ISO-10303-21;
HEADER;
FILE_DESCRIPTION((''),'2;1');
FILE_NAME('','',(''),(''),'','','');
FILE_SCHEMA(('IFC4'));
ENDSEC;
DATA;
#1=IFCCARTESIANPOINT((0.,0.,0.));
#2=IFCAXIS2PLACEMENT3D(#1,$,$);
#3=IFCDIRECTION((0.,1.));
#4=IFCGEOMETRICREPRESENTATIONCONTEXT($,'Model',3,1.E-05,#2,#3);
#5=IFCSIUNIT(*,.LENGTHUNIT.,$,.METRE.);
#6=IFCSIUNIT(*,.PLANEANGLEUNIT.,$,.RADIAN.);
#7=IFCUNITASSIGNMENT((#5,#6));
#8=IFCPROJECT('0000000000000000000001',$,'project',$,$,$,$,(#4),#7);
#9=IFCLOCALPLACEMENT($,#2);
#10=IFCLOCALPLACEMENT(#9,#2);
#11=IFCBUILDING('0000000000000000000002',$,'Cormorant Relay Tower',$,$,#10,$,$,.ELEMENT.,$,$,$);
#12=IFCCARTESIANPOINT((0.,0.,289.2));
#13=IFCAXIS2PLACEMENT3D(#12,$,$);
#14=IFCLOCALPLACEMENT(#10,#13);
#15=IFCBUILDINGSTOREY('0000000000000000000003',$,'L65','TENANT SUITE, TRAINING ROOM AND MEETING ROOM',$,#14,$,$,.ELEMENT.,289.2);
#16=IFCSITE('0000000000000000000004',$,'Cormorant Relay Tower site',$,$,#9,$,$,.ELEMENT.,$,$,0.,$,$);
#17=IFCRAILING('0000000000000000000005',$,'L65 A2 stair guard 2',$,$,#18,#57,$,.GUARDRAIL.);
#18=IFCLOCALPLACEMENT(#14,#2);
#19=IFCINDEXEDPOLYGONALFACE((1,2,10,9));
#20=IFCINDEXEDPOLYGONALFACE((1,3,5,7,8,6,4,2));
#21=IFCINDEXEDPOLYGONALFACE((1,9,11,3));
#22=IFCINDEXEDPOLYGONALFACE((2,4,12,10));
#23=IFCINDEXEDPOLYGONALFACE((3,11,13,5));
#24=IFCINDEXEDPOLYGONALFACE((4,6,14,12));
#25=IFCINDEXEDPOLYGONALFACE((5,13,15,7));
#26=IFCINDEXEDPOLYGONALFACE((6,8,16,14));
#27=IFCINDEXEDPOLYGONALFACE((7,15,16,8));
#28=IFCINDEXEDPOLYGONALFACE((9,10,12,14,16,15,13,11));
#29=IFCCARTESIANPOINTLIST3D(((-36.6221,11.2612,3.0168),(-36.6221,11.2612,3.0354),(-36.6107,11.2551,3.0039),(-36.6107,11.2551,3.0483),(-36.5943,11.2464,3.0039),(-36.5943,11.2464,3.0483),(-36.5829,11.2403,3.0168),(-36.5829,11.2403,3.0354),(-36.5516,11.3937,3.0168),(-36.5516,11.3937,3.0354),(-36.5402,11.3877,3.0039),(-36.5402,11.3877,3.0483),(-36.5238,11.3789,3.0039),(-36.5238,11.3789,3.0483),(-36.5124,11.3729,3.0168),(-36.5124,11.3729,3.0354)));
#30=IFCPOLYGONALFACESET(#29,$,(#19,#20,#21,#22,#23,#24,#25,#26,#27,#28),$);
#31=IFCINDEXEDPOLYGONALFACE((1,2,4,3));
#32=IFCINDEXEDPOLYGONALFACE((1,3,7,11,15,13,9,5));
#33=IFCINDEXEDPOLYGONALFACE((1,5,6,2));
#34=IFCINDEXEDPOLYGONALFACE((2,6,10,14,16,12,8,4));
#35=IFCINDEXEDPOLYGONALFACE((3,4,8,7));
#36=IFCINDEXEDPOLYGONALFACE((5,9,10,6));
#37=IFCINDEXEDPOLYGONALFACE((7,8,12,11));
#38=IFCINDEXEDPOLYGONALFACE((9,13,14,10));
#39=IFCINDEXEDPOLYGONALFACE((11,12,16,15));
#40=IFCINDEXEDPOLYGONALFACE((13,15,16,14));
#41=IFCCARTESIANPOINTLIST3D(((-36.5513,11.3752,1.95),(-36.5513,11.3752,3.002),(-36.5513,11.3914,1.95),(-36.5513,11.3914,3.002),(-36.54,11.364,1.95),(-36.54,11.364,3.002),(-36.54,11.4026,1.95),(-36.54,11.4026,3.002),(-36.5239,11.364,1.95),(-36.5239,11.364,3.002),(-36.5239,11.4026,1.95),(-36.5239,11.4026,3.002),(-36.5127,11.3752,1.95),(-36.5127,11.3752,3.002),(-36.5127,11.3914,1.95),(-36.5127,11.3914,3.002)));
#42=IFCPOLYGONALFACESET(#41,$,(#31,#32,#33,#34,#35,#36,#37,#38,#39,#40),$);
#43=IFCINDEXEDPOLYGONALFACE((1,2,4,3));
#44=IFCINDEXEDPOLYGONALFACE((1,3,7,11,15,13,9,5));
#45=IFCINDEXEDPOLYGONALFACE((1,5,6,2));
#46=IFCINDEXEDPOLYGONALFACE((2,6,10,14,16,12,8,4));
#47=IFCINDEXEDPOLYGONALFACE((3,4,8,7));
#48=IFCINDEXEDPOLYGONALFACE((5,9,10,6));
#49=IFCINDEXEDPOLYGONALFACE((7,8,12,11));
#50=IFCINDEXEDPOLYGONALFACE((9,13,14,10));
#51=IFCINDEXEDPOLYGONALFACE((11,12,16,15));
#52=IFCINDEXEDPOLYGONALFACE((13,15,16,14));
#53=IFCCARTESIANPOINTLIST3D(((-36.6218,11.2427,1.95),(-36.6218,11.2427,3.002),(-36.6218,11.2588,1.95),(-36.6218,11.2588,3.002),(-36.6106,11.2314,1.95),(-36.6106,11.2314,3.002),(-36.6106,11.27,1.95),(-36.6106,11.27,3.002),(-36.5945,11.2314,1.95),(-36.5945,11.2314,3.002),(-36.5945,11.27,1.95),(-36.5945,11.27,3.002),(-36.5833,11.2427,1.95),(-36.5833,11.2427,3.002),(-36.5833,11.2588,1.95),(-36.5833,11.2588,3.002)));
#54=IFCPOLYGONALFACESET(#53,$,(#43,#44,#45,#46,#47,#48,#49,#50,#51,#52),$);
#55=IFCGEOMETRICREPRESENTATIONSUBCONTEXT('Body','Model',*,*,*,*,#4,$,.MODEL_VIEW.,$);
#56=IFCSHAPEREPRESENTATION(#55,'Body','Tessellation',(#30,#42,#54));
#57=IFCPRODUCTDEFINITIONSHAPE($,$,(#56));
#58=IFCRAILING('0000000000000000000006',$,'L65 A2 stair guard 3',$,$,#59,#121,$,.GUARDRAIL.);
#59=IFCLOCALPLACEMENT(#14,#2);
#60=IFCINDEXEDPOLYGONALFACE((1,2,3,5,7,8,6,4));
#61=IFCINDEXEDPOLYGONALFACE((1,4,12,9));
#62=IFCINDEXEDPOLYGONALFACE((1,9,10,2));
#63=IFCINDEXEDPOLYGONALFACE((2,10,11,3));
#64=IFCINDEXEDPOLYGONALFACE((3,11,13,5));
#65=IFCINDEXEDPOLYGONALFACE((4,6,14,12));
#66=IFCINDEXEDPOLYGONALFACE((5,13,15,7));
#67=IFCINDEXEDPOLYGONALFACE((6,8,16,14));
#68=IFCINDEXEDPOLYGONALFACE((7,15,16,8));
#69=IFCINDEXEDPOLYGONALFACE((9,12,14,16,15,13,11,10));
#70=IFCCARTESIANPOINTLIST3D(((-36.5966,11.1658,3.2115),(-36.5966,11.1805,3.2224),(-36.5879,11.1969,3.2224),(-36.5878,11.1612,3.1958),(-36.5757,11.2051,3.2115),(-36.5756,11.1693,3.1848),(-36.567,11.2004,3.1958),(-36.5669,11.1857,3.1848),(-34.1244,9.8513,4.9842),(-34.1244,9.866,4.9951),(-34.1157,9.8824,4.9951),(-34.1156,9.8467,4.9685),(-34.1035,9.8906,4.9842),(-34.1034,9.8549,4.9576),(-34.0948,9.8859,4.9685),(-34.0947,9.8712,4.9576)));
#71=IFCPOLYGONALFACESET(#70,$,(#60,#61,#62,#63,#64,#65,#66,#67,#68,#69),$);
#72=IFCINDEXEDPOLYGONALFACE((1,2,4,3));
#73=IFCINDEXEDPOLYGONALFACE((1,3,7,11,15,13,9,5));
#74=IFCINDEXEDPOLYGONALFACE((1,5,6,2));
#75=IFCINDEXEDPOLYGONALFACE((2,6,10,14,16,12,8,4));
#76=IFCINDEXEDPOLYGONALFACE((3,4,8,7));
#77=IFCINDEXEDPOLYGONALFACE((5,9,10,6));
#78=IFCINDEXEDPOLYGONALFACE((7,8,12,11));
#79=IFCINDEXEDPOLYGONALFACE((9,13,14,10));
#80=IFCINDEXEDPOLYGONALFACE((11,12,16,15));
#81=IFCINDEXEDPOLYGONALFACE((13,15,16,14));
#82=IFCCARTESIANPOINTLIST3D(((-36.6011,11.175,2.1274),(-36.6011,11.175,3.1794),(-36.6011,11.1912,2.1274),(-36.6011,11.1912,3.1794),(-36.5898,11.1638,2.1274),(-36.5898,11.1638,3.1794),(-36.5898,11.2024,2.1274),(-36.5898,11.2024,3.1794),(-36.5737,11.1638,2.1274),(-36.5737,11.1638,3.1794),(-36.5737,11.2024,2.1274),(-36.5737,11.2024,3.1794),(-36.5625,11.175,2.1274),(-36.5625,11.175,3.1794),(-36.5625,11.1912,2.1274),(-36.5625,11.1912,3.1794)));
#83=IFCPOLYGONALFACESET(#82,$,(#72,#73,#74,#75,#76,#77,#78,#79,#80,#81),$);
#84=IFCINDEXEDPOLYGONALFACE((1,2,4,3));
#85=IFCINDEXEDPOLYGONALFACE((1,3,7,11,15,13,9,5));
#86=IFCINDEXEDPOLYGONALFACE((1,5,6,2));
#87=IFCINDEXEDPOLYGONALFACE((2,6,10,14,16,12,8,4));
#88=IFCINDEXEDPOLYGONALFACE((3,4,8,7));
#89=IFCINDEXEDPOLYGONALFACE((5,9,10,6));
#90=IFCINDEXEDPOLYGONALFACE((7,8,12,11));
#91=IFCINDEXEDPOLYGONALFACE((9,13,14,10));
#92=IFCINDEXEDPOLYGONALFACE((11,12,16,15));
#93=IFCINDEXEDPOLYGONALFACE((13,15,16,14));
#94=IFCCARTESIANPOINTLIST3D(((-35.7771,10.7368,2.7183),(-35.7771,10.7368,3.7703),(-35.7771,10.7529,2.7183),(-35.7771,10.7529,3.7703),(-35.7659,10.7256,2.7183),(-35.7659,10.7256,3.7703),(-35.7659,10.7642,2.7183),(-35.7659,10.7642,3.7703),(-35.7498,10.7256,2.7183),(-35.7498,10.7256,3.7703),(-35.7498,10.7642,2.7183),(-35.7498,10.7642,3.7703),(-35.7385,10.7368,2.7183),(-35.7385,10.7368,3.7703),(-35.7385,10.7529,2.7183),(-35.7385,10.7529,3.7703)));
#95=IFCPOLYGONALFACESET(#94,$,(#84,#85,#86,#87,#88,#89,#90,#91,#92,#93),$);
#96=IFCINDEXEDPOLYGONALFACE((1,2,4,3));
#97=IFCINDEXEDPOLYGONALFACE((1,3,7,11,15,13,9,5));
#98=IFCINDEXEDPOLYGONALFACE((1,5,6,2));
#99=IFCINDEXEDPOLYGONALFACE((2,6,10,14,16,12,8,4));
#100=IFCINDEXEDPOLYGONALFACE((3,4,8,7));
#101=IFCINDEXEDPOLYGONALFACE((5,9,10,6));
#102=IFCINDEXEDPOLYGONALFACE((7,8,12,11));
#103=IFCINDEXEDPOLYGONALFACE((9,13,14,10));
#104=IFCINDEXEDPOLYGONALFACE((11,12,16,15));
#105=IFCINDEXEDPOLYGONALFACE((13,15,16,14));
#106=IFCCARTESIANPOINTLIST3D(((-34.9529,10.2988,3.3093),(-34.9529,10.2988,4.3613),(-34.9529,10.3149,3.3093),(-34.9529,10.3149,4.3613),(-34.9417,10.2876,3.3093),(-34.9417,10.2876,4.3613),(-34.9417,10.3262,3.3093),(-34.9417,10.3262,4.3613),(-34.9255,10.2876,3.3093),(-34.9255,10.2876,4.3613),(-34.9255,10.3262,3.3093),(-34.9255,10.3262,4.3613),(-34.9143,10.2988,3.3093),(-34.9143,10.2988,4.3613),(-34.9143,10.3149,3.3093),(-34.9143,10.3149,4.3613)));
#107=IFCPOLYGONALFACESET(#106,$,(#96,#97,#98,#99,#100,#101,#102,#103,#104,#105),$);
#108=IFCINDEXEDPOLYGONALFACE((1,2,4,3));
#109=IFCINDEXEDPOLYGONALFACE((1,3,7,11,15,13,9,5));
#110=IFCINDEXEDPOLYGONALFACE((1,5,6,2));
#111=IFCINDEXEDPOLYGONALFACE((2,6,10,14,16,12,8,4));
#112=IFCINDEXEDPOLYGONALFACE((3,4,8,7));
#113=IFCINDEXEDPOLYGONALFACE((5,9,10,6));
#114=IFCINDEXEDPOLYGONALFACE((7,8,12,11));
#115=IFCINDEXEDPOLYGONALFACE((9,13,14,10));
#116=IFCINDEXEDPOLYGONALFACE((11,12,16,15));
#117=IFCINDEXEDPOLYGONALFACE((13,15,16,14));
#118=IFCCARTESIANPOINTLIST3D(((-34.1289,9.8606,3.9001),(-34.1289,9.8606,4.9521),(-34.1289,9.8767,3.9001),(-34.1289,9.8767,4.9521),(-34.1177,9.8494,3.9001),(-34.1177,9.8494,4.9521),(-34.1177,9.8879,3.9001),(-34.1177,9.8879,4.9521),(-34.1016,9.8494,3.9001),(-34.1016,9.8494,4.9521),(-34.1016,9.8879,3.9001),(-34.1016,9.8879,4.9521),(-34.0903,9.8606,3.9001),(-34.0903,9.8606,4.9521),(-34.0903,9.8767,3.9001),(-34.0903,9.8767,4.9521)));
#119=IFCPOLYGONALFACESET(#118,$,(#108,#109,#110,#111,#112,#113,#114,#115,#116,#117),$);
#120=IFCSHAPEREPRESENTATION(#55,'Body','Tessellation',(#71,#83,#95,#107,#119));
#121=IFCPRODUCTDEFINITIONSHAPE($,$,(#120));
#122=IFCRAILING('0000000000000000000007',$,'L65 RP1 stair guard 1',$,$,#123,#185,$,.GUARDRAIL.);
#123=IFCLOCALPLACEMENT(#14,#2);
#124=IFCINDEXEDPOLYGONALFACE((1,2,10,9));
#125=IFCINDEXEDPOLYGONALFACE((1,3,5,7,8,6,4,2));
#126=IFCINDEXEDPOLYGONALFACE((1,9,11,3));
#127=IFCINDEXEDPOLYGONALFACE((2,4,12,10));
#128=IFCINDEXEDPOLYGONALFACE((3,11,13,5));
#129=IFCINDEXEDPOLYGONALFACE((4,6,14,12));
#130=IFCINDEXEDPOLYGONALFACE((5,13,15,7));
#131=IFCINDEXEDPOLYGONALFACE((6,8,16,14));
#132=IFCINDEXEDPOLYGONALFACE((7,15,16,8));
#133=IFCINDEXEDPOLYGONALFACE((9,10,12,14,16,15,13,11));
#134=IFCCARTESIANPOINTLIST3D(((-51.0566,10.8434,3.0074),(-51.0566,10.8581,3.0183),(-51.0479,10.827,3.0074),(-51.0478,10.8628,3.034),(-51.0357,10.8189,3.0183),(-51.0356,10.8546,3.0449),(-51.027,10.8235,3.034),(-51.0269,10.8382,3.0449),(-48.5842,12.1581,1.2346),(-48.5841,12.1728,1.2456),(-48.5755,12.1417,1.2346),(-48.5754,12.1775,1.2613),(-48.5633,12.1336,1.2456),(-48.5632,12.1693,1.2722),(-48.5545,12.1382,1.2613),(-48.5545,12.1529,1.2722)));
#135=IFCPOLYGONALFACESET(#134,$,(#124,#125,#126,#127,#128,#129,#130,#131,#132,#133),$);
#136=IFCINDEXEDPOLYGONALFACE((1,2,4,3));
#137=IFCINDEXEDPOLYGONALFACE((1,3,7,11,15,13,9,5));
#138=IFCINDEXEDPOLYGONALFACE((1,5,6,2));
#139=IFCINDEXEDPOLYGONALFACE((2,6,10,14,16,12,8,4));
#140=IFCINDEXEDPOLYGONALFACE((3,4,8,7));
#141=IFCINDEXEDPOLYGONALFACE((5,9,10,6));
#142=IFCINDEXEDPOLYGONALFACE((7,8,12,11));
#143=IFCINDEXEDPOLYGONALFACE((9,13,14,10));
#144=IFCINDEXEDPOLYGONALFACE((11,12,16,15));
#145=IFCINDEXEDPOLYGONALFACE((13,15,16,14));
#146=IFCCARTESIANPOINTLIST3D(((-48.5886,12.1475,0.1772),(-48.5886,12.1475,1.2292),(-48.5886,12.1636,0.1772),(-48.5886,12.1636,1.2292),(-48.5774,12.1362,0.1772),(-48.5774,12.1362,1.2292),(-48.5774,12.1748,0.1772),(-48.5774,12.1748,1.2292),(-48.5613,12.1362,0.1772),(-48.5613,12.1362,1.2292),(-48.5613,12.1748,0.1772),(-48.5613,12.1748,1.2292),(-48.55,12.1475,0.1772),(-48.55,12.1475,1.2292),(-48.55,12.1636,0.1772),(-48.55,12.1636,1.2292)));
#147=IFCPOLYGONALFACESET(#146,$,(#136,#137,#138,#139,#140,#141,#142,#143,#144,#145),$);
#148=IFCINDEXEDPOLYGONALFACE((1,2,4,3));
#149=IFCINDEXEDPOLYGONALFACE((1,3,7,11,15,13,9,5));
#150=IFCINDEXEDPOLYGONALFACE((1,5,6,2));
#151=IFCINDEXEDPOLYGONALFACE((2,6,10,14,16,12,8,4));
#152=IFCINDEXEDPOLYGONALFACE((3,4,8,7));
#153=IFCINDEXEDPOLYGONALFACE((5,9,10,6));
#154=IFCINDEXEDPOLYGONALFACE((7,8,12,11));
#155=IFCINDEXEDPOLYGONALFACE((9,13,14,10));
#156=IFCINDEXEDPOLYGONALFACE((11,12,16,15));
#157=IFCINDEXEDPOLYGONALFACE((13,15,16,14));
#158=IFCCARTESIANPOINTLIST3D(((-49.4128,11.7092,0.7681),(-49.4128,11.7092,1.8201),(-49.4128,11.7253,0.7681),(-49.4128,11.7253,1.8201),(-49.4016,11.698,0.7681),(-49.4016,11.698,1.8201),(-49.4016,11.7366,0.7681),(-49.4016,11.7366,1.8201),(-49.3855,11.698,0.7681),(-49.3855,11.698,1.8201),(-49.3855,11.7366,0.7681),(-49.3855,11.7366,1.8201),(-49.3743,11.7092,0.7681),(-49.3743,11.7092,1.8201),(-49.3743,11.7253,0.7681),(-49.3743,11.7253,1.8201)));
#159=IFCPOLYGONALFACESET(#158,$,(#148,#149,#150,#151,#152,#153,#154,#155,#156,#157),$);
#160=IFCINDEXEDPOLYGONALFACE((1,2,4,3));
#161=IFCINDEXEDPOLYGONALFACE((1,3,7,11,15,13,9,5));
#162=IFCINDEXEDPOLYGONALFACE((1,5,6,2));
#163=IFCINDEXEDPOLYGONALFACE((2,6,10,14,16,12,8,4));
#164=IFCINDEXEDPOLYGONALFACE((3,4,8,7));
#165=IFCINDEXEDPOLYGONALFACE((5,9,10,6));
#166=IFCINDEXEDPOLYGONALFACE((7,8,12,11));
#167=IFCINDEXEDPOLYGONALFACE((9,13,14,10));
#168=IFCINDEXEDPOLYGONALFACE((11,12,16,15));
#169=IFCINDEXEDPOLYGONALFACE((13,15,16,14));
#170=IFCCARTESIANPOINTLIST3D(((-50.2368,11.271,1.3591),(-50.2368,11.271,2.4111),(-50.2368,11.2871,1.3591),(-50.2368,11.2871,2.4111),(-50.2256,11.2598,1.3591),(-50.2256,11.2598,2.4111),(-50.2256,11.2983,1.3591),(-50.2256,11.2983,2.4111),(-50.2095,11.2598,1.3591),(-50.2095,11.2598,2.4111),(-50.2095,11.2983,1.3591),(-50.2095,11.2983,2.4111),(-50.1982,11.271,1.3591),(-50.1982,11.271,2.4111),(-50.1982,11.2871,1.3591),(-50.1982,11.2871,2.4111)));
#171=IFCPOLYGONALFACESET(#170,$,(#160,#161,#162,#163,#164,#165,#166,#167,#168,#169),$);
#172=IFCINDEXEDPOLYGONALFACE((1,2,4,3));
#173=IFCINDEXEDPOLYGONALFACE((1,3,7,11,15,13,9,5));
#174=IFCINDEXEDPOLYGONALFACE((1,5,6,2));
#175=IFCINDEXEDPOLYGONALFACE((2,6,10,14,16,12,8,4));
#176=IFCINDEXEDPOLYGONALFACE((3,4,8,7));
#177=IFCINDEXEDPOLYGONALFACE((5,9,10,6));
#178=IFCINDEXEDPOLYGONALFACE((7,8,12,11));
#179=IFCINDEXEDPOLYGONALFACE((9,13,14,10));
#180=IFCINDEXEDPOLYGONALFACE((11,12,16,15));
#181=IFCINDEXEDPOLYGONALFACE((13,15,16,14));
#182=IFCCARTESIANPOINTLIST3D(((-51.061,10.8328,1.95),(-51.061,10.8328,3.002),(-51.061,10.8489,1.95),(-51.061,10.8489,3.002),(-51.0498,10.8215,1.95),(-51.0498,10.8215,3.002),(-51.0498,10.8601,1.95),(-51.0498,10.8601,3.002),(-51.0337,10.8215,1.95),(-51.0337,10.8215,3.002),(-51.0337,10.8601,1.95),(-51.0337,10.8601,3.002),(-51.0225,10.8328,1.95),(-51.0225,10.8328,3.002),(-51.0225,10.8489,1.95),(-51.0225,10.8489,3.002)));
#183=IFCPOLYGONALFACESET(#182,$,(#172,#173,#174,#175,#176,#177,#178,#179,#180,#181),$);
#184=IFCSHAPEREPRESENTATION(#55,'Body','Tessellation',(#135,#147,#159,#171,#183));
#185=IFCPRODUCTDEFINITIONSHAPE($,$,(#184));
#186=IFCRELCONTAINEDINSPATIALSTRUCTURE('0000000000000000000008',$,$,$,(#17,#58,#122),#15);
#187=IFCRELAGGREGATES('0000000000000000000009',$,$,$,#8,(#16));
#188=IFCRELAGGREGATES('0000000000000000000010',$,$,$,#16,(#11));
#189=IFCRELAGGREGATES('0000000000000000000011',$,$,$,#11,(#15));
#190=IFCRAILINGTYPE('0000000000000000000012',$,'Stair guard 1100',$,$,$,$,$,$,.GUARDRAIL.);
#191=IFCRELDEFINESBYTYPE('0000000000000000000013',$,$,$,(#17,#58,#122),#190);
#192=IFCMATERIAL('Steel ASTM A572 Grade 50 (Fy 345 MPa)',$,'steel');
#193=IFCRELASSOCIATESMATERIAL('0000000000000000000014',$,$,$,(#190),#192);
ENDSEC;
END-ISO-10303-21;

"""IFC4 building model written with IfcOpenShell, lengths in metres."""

from ifc_helpers import new_model, si_unit, direction, frame, origin, place, context, subcontext, project, spatial, polyline, outline, extrude, material, type_object, element, save


model = new_model("IFC4")

# Units and contexts
model_context = context("Model", 3, precision=1e-05, world=origin(), true_north=direction((0.0, 1.0)))
body_context = subcontext(model_context, "Body", "Model", "MODEL_VIEW")
ifc_project = project(units=[si_unit("LENGTHUNIT", "METRE"), si_unit("PLANEANGLEUNIT", "RADIAN")], contexts=[model_context])

# Site, building, storey
site_placement = place(None, origin())
site = spatial("IfcSite", under=ifc_project, at=site_placement, Name="Cormorant Relay Tower site", CompositionType="ELEMENT", RefElevation=0.0)
building_placement = place(site_placement, origin())
building = spatial("IfcBuilding", under=site, at=building_placement, Name="Cormorant Relay Tower", CompositionType="ELEMENT")
storey_placement = place(building_placement, frame((0.0, 0.0, 289.2)))
storey = spatial("IfcBuildingStorey", under=building, at=storey_placement, Name="L65", Description="TENANT SUITE, TRAINING ROOM AND MEETING ROOM", CompositionType="ELEMENT", Elevation=289.2)

# Railings
ifc_material_1 = material(Name="Steel ASTM A572 Grade 50 (Fy 345 MPa)", Category="steel")
railing_type_1 = type_object("IfcRailingType", Name="Stair guard 1100", PredefinedType="GUARDRAIL", material=ifc_material_1)
railing_1_placement = place(storey_placement, frame((-36.532, 11.3833, 1.95)))
element("IfcRailing", 1, at=railing_1_placement, inside=storey, type_object=railing_type_1, Name="L65 A2 stair guard 2", PredefinedType="GUARDRAIL", context=body_context, shape_type="SweptSolid", body=[
    extrude(outline(polyline([(0.0222, 0.0093), (0.0093, 0.0222), (-0.0093, 0.0222), (-0.0222, 0.0093), (-0.0222, -0.0093), (-0.0093, -0.0222), (0.0093, -0.0222), (0.0222, -0.0093), (0.0222, 0.0093)])), frame((0.0, 0.0, 1.0762), z_axis=(-0.469829, -0.882758, 0.0), x_axis=(0.882758, -0.469829, 0.0)), (0.0, 0.0, 1.0), 0.1501),
    extrude(outline(polyline([(0.0193, 0.0081), (0.0081, 0.0193), (-0.0081, 0.0193), (-0.0193, 0.0081), (-0.0193, -0.0081), (-0.0081, -0.0193), (0.0081, -0.0193), (0.0193, -0.0081), (0.0193, 0.0081)])), origin(), (0.0, 0.0, 1.0), 1.052),
    extrude(outline(polyline([(0.0193, 0.0081), (0.0081, 0.0193), (-0.0081, 0.0193), (-0.0193, 0.0081), (-0.0193, -0.0081), (-0.0081, -0.0193), (0.0081, -0.0193), (0.0193, -0.0081), (0.0193, 0.0081)])), frame((-0.0706, -0.1326, 0.0)), (0.0, 0.0, 1.0), 1.052),
])
railing_2_placement = place(storey_placement, frame((-36.5818, 11.1831, 2.1274)))
element("IfcRailing", 2, at=railing_2_placement, inside=storey, type_object=railing_type_1, Name="L65 A2 stair guard 3", PredefinedType="GUARDRAIL", context=body_context, shape_type="SweptSolid", body=[
    extrude(outline(polyline([(0.0222, 0.0093), (0.0093, 0.0222), (-0.0093, 0.0222), (-0.0222, 0.0093), (-0.0222, -0.0093), (-0.0093, -0.0222), (0.0093, -0.0222), (0.0222, -0.0093), (0.0222, 0.0093)])), frame((0.0, 0.0, 1.0762), z_axis=(0.746001, -0.396649, 0.534931), x_axis=(0.469465, 0.882951, 0.0)), (0.0, 0.0, 1.0), 3.314),
    extrude(outline(polyline([(0.0193, 0.0081), (0.0081, 0.0193), (-0.0081, 0.0193), (-0.0193, 0.0081), (-0.0193, -0.0081), (-0.0081, -0.0193), (0.0081, -0.0193), (0.0193, -0.0081), (0.0193, 0.0081)])), origin(), (0.0, 0.0, 1.0), 1.052),
    extrude(outline(polyline([(0.0193, 0.0081), (0.0081, 0.0193), (-0.0081, 0.0193), (-0.0193, 0.0081), (-0.0193, -0.0081), (-0.0081, -0.0193), (0.0081, -0.0193), (0.0193, -0.0081), (0.0193, 0.0081)])), frame((0.824, -0.4382, 0.5908)), (0.0, 0.0, 1.0), 1.052),
    extrude(outline(polyline([(0.0193, 0.0081), (0.0081, 0.0193), (-0.0081, 0.0193), (-0.0193, 0.0081), (-0.0193, -0.0081), (-0.0081, -0.0193), (0.0081, -0.0193), (0.0193, -0.0081), (0.0193, 0.0081)])), frame((1.6482, -0.8762, 1.1819)), (0.0, 0.0, 1.0), 1.052),
    extrude(outline(polyline([(0.0193, 0.0081), (0.0081, 0.0193), (-0.0081, 0.0193), (-0.0193, 0.0081), (-0.0193, -0.0081), (-0.0081, -0.0193), (0.0081, -0.0193), (0.0193, -0.0081), (0.0193, 0.0081)])), frame((2.4722, -1.3145, 1.7727)), (0.0, 0.0, 1.0), 1.052),
])
railing_3_placement = place(storey_placement, frame((-48.5693, 12.1555, 0.1772)))
element("IfcRailing", 3, at=railing_3_placement, inside=storey, type_object=railing_type_1, Name="L65 RP1 stair guard 1", PredefinedType="GUARDRAIL", context=body_context, shape_type="SweptSolid", body=[
    extrude(outline(polyline([(0.0222, 0.0093), (0.0093, 0.0222), (-0.0093, 0.0222), (-0.0222, 0.0093), (-0.0222, -0.0093), (-0.0093, -0.0222), (0.0093, -0.0222), (0.0222, -0.0093), (0.0222, 0.0093)])), frame((0.0, 0.0, 1.0762), z_axis=(-0.746012, -0.39669, 0.534886), x_axis=(0.469497, -0.882934, 0.0)), (0.0, 0.0, 1.0), 3.3142),
    extrude(outline(polyline([(0.0193, 0.0081), (0.0081, 0.0193), (-0.0081, 0.0193), (-0.0193, 0.0081), (-0.0193, -0.0081), (-0.0081, -0.0193), (0.0081, -0.0193), (0.0193, -0.0081), (0.0193, 0.0081)])), origin(), (0.0, 0.0, 1.0), 1.052),
    extrude(outline(polyline([(0.0193, 0.0081), (0.0081, 0.0193), (-0.0081, 0.0193), (-0.0193, 0.0081), (-0.0193, -0.0081), (-0.0081, -0.0193), (0.0081, -0.0193), (0.0193, -0.0081), (0.0193, 0.0081)])), frame((-0.8242, -0.4382, 0.5908)), (0.0, 0.0, 1.0), 1.052),
    extrude(outline(polyline([(0.0193, 0.0081), (0.0081, 0.0193), (-0.0081, 0.0193), (-0.0193, 0.0081), (-0.0193, -0.0081), (-0.0081, -0.0193), (0.0081, -0.0193), (0.0193, -0.0081), (0.0193, 0.0081)])), frame((-1.6482, -0.8765, 1.1819)), (0.0, 0.0, 1.0), 1.052),
    extrude(outline(polyline([(0.0193, 0.0081), (0.0081, 0.0193), (-0.0081, 0.0193), (-0.0193, 0.0081), (-0.0193, -0.0081), (-0.0081, -0.0193), (0.0081, -0.0193), (0.0193, -0.0081), (0.0193, 0.0081)])), frame((-2.4724, -1.3147, 1.7727)), (0.0, 0.0, 1.0), 1.052),
])

save(model, "model.ifc")
